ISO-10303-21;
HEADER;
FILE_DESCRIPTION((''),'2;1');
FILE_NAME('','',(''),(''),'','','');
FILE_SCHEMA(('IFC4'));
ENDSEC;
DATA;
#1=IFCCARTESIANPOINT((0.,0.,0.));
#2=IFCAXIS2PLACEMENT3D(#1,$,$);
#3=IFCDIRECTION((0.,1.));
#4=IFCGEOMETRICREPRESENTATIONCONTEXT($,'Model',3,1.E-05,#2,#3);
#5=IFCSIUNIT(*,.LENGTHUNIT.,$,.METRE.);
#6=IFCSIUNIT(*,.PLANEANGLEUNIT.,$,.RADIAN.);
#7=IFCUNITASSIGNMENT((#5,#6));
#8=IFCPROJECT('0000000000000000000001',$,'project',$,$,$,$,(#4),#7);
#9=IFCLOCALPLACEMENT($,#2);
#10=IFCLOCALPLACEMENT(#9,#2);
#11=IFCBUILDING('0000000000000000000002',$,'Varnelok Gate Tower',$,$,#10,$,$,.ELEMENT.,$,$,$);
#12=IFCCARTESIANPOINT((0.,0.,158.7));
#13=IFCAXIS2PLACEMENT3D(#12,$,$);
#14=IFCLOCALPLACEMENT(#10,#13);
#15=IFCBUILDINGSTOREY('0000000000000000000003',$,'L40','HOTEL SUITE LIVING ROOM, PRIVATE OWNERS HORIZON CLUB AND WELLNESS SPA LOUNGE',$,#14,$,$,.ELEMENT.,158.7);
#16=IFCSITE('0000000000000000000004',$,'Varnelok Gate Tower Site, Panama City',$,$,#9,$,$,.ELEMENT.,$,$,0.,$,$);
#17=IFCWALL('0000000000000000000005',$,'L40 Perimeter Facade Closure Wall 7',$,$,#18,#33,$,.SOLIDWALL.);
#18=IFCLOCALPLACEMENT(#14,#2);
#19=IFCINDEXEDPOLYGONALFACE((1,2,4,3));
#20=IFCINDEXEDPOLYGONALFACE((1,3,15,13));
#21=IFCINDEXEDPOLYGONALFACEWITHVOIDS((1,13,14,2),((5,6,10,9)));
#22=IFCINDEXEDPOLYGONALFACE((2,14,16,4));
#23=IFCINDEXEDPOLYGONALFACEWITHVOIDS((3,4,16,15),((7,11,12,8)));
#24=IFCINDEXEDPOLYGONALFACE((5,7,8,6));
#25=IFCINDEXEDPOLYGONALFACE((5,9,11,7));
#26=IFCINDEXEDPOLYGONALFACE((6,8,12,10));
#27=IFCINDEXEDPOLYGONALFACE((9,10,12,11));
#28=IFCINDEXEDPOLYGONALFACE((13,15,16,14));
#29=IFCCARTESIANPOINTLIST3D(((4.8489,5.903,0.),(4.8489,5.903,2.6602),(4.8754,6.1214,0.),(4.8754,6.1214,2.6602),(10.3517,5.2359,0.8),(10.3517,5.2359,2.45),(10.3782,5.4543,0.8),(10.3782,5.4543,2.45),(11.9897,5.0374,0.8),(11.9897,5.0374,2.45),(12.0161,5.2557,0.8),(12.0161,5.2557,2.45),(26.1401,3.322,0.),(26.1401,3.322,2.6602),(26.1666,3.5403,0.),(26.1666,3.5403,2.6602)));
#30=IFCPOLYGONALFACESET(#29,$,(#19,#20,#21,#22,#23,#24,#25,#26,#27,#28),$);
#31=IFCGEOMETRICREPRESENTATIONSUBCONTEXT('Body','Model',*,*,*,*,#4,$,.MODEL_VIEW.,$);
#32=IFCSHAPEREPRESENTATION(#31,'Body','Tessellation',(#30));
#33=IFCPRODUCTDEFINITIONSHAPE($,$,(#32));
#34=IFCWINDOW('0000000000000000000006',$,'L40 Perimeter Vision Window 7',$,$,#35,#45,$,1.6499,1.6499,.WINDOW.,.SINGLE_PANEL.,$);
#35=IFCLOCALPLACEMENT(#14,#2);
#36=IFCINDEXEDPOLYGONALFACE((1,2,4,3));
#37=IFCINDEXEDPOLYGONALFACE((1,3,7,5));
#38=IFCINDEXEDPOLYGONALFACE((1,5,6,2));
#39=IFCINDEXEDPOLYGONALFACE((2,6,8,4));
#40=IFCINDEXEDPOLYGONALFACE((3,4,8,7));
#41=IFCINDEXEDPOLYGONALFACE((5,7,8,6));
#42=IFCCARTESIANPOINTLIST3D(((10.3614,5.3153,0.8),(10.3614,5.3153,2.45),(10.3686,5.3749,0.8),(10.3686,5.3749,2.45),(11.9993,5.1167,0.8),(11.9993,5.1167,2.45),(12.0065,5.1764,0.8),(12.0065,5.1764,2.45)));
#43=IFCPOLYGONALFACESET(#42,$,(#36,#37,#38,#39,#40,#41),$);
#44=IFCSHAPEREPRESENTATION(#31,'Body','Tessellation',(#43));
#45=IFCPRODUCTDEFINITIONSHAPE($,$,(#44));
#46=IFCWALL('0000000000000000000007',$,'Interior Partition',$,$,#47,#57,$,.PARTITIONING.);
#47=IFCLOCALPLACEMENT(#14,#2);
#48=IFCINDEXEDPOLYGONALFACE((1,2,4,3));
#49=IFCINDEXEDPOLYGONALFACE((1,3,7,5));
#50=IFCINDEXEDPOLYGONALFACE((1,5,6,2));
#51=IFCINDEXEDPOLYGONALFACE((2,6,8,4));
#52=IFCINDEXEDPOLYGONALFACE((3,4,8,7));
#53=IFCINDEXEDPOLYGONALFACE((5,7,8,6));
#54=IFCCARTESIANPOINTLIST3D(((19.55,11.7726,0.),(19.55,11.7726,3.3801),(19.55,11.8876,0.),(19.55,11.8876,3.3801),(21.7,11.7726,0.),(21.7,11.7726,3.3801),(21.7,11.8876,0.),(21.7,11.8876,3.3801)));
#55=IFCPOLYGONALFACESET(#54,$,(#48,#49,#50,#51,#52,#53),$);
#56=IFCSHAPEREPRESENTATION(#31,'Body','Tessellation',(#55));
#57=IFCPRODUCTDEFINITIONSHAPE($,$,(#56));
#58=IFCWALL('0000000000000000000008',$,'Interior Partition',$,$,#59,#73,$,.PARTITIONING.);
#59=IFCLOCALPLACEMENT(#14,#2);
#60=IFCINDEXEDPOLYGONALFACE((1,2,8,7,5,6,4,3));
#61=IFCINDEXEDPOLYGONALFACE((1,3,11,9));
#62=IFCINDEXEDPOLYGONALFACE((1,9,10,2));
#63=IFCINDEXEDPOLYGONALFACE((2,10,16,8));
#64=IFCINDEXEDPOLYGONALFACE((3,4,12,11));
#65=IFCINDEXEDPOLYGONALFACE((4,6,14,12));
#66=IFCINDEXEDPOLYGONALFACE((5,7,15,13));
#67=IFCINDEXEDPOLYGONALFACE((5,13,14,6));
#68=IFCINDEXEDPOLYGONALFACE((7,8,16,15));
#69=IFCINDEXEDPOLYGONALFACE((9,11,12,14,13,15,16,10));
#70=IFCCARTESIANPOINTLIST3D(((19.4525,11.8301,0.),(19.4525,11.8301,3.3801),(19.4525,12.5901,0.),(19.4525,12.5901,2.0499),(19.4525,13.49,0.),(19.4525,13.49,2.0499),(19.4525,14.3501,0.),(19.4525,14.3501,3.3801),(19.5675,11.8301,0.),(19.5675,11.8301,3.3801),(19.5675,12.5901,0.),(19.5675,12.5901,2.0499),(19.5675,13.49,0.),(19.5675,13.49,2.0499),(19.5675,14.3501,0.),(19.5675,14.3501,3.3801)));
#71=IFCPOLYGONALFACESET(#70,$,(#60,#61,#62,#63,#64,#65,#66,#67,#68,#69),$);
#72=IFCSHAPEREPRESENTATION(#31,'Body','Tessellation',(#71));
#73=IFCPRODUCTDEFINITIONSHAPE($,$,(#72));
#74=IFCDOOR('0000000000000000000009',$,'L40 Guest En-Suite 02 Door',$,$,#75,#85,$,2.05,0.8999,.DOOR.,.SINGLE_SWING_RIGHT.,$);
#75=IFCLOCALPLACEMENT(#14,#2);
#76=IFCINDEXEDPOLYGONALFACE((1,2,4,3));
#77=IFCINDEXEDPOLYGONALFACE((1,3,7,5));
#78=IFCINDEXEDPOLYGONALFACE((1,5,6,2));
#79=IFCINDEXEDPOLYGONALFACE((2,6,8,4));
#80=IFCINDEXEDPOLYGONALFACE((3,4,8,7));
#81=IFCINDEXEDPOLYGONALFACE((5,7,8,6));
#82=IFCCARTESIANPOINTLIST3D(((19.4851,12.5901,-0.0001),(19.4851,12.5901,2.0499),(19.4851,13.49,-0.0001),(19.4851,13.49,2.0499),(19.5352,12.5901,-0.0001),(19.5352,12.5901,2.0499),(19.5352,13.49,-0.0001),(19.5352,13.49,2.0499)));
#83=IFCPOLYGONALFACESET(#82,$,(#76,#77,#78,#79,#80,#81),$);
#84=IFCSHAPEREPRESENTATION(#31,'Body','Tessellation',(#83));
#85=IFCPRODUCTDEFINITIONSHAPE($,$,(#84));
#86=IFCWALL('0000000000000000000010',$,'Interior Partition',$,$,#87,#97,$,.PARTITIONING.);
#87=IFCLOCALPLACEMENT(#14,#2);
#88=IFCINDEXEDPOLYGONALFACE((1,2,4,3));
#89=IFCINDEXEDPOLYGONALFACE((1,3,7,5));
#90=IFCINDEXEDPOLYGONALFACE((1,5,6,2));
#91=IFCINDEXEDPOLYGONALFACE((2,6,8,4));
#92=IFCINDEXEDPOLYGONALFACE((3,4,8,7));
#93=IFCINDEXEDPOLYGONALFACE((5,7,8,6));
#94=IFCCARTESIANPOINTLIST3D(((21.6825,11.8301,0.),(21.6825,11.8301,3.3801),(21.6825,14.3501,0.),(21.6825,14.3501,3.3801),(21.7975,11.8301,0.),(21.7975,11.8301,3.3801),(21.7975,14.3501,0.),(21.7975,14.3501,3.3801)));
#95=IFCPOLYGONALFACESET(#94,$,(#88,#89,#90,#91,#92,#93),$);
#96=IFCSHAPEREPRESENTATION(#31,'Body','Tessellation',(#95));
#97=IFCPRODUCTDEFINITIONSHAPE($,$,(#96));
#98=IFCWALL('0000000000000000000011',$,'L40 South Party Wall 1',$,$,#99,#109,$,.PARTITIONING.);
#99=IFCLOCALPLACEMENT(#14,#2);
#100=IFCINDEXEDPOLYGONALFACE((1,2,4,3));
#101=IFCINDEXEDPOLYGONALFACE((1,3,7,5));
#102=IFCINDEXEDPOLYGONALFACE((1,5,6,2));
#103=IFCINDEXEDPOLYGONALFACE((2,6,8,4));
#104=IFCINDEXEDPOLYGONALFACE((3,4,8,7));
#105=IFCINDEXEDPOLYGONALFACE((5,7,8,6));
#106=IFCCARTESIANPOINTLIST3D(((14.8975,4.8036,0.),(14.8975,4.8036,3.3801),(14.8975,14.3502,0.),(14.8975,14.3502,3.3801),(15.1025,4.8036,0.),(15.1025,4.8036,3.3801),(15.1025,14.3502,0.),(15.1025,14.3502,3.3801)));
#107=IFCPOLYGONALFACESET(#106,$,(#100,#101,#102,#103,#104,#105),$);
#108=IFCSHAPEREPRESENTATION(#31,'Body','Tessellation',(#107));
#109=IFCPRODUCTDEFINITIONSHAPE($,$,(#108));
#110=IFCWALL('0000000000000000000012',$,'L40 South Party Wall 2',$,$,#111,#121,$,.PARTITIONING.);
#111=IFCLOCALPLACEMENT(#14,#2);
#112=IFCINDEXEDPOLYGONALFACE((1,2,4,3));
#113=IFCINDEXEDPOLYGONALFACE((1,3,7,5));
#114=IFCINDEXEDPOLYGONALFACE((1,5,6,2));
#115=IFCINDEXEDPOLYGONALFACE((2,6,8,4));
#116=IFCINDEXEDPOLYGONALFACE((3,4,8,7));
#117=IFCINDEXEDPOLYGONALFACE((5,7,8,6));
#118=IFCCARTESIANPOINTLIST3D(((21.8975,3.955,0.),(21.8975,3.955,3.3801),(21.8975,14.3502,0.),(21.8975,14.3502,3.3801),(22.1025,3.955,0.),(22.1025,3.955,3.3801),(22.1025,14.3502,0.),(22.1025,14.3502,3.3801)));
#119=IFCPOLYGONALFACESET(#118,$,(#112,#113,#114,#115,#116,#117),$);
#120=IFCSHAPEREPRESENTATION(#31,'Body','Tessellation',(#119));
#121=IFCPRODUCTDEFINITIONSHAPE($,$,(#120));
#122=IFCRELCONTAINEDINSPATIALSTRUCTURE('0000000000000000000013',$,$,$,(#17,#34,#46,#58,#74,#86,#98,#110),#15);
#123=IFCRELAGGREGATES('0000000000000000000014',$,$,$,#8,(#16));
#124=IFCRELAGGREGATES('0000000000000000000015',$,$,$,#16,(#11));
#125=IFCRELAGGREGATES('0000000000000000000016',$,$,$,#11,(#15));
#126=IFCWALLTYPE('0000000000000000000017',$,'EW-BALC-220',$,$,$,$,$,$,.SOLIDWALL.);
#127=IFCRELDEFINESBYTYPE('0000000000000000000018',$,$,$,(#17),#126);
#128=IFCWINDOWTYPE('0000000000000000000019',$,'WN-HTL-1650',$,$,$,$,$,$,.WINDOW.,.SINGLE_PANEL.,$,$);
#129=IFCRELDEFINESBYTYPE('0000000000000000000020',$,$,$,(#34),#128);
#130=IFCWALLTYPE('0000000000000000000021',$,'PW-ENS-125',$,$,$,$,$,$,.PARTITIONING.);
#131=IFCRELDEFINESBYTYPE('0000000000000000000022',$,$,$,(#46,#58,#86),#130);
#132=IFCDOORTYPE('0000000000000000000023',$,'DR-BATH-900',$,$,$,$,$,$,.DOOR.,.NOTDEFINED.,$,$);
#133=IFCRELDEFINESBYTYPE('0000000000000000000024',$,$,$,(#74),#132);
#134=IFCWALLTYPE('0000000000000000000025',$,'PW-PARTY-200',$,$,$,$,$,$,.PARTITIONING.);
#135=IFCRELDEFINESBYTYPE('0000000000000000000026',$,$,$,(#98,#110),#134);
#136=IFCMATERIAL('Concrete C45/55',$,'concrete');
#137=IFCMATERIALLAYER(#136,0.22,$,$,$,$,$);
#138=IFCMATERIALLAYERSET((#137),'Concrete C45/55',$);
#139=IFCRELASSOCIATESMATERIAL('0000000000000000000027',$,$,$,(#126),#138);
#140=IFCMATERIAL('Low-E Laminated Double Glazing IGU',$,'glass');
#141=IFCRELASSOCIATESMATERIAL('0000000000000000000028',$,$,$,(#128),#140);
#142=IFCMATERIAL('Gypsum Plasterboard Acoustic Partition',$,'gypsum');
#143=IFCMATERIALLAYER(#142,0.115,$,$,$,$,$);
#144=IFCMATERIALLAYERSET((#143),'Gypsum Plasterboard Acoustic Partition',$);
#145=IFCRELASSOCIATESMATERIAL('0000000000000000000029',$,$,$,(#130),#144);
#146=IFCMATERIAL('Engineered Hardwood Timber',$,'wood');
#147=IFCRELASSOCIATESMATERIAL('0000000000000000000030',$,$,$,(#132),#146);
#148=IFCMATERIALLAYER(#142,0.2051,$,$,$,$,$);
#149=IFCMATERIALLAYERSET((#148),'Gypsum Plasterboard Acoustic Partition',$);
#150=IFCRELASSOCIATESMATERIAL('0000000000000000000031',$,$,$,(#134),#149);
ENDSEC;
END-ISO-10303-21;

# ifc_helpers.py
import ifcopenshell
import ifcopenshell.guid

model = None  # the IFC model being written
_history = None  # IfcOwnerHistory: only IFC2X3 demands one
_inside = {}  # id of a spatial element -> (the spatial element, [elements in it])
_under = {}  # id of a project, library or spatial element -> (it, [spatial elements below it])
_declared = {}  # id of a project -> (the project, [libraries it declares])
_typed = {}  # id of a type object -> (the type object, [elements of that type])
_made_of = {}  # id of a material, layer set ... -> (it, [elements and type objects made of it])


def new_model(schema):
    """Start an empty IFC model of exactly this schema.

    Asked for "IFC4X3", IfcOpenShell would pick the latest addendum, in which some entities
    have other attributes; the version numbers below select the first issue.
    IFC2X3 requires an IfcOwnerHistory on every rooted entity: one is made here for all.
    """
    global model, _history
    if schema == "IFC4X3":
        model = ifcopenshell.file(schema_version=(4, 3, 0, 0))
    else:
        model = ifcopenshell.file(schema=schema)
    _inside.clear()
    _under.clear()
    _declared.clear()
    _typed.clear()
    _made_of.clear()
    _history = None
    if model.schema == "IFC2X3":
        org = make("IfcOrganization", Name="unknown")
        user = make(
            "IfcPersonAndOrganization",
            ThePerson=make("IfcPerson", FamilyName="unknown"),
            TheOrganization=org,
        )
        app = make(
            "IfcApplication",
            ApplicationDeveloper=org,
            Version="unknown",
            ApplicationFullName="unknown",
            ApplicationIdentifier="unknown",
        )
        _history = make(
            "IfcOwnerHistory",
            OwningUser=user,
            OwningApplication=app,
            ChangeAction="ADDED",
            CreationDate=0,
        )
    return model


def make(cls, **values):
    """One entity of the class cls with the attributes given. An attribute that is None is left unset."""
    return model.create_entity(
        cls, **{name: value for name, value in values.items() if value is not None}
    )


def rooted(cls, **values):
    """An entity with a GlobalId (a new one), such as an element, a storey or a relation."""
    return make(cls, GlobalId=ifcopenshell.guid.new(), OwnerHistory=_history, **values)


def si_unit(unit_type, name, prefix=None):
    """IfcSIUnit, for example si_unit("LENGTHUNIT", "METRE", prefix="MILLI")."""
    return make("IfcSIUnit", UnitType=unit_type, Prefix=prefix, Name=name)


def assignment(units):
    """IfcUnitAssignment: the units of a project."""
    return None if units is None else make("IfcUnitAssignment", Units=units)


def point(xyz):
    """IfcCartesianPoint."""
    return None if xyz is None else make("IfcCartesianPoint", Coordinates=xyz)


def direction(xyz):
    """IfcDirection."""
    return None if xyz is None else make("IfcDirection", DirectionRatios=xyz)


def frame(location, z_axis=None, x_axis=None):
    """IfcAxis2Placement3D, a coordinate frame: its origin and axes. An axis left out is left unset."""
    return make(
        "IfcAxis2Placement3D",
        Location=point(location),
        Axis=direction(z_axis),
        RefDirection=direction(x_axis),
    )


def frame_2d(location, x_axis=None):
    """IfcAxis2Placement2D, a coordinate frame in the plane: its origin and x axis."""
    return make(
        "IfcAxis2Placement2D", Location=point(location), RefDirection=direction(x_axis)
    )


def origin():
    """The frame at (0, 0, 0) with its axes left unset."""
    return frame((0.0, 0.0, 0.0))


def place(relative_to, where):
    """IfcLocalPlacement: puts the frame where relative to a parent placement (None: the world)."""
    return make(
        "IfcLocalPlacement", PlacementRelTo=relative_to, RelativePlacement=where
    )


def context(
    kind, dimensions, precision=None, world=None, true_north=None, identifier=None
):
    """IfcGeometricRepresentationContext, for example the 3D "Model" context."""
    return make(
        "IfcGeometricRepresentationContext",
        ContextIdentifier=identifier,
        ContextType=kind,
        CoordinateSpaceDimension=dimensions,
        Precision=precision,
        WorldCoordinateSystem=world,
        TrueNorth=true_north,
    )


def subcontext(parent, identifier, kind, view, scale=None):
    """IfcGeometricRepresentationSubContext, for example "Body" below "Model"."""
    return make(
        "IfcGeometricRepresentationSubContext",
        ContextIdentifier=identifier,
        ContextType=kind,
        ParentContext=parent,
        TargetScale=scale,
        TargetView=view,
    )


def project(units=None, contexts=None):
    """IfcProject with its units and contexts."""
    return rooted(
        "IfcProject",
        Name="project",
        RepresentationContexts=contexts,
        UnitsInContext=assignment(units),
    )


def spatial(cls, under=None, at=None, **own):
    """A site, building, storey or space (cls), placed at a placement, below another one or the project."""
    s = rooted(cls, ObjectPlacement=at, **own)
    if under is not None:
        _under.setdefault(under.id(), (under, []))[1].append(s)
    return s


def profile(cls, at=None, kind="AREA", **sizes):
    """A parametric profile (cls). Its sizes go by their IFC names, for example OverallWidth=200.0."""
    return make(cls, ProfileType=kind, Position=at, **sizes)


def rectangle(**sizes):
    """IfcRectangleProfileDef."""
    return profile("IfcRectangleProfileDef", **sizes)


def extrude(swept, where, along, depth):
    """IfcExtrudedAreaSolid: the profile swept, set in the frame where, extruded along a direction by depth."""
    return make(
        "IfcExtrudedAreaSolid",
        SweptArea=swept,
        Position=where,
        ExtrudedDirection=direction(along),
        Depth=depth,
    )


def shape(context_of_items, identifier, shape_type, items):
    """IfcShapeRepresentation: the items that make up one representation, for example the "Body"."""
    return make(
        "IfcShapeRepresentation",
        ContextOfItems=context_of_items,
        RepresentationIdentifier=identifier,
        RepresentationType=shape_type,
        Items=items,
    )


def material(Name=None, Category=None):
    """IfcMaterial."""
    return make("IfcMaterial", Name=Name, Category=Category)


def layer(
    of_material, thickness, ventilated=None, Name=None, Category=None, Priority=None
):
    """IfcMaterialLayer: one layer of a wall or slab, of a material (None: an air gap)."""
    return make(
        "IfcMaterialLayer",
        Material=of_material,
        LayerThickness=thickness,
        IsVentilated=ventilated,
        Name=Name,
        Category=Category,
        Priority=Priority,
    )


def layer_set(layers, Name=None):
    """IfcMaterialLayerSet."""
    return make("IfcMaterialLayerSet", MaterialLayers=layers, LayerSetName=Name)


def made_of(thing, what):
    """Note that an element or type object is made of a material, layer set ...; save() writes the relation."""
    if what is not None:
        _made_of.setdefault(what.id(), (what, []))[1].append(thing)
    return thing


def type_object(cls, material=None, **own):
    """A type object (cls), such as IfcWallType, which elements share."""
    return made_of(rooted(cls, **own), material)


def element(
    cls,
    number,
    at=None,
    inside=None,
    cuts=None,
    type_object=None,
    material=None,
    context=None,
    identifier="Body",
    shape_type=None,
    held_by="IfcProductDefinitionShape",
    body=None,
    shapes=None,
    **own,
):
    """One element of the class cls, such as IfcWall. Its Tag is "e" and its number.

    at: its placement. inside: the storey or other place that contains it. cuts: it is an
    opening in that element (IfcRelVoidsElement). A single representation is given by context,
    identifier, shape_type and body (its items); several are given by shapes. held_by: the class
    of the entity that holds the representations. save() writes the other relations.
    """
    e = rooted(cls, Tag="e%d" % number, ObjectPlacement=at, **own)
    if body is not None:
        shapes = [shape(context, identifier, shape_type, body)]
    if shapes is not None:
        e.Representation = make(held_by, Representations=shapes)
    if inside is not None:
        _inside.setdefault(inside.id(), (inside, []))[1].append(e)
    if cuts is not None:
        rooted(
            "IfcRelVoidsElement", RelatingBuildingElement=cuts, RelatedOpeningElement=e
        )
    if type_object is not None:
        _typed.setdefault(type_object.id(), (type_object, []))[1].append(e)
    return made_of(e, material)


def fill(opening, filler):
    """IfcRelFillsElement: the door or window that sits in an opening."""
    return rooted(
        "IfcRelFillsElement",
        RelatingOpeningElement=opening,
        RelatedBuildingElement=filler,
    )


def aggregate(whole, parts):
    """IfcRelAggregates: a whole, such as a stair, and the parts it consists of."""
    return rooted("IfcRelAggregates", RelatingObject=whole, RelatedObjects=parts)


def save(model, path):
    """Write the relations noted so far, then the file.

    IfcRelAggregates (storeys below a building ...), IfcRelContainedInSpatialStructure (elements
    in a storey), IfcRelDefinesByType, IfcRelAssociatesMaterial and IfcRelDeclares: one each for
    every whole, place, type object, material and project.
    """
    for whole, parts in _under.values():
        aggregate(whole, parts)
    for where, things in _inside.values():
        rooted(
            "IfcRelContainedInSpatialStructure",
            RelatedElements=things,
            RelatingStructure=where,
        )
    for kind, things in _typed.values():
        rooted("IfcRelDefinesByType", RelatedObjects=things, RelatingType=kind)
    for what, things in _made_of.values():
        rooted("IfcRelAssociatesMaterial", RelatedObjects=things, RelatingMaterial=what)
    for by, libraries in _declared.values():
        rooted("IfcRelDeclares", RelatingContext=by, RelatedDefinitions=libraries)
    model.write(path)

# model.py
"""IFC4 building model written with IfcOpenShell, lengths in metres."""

from ifc_helpers import new_model, si_unit, direction, frame, frame_2d, origin, place, context, subcontext, project, spatial, rectangle, extrude, material, layer, layer_set, type_object, element, fill, save


model = new_model("IFC4")

# Units and contexts
model_context = context("Model", 3, precision=1e-05, world=origin(), true_north=direction((0.0, 1.0)))
body_context = subcontext(model_context, "Body", "Model", "MODEL_VIEW")
ifc_project = project(units=[si_unit("LENGTHUNIT", "METRE"), si_unit("PLANEANGLEUNIT", "RADIAN")], contexts=[model_context])

# Site, building, storey
site_placement = place(None, origin())
site = spatial("IfcSite", under=ifc_project, at=site_placement, Name="Varnelok Gate Tower Site, Panama City", CompositionType="ELEMENT", RefElevation=0.0)
building_placement = place(site_placement, origin())
building = spatial("IfcBuilding", under=site, at=building_placement, Name="Varnelok Gate Tower", CompositionType="ELEMENT")
storey_placement = place(building_placement, frame((0.0, 0.0, 158.7)))
storey = spatial("IfcBuildingStorey", under=building, at=storey_placement, Name="L40", Description="HOTEL SUITE LIVING ROOM, PRIVATE OWNERS HORIZON CLUB AND WELLNESS SPA LOUNGE", CompositionType="ELEMENT", Elevation=158.7)

# Shared definitions
ifc_material_1 = material(Name="Concrete C45/55", Category="concrete")

# Shared definitions
ifc_layer_1 = layer(ifc_material_1, 0.22)
ifc_layer_set_1 = layer_set([ifc_layer_1], Name="Concrete C45/55")
wall_type_1 = type_object("IfcWallType", Name="EW-BALC-220", PredefinedType="SOLIDWALL", material=ifc_layer_set_1)

# Wall, opening, window
wall_1_placement = place(storey_placement, frame((4.8621, 6.0122, 0.0), z_axis=(0.0, 0.0, 1.0), x_axis=(0.992732, -0.120345, 0.0)))
wall_1 = element("IfcWall", 1, at=wall_1_placement, inside=storey, type_object=wall_type_1, Name="L40 Perimeter Facade Closure Wall 7", PredefinedType="SOLIDWALL", context=body_context, shape_type="SweptSolid", body=[
    extrude(rectangle(XDim=21.447, YDim=0.22, at=frame_2d((10.7236, 0.0))), origin(), (0.0, 0.0, 1.0), 2.6602),
])
opening_1_placement = place(wall_1_placement, frame((5.5432, 0.0, 0.8)))
opening_1 = element("IfcOpeningElement", 2, at=opening_1_placement, cuts=wall_1, PredefinedType="OPENING", context=body_context, shape_type="SweptSolid", body=[
    extrude(rectangle(XDim=1.6499, YDim=1.6499, at=frame_2d((0.825, 0.825))), frame((0.0, 0.1199, 0.0), z_axis=(0.0, -1.0, 0.0), x_axis=(1.0, 0.0, 0.0)), (0.0, 0.0, 1.0), 0.24),
])
ifc_material_2 = material(Name="Low-E Laminated Double Glazing IGU", Category="glass")
window_type = type_object("IfcWindowType", Name="WN-HTL-1650", PartitioningType="SINGLE_PANEL", PredefinedType="WINDOW", material=ifc_material_2)
window_placement = place(opening_1_placement, origin())
window = element("IfcWindow", 3, at=window_placement, inside=storey, type_object=window_type, Name="L40 Perimeter Vision Window 7", OverallHeight=1.6499, OverallWidth=1.6499, PartitioningType="SINGLE_PANEL", PredefinedType="WINDOW", context=body_context, shape_type="SweptSolid", body=[
    extrude(rectangle(XDim=1.6499, YDim=1.6499, at=frame_2d((0.825, 0.825))), frame((0.0, 0.03, 0.0), z_axis=(0.0, -1.0, 0.0), x_axis=(1.0, 0.0, 0.0)), (0.0, 0.0, 1.0), 0.0601),
])
fill(opening_1, window)

# Wall
ifc_material_3 = material(Name="Gypsum Plasterboard Acoustic Partition", Category="gypsum")
ifc_layer_2 = layer(ifc_material_3, 0.115)
ifc_layer_set_2 = layer_set([ifc_layer_2], Name="Gypsum Plasterboard Acoustic Partition")
wall_type_2 = type_object("IfcWallType", Name="PW-ENS-125", PredefinedType="PARTITIONING", material=ifc_layer_set_2)
wall_2_placement = place(storey_placement, frame((19.55, 11.8301, 0.0), z_axis=(0.0, 0.0, 1.0), x_axis=(1.0, 0.0, 0.0)))
element("IfcWall", 4, at=wall_2_placement, inside=storey, type_object=wall_type_2, Name="Interior Partition", PredefinedType="PARTITIONING", context=body_context, shape_type="SweptSolid", body=[
    extrude(rectangle(XDim=2.1499, YDim=0.115, at=frame_2d((1.075, 0.0))), origin(), (0.0, 0.0, 1.0), 3.3801),
])

# Wall, opening, door
wall_3_placement = place(storey_placement, frame((19.51, 11.8301, 0.0), z_axis=(0.0, 0.0, 1.0), x_axis=(0.0, 1.0, 0.0)))
wall_3 = element("IfcWall", 5, at=wall_3_placement, inside=storey, type_object=wall_type_2, Name="Interior Partition", PredefinedType="PARTITIONING", context=body_context, shape_type="SweptSolid", body=[
    extrude(rectangle(XDim=2.52, YDim=0.115, at=frame_2d((1.26, 0.0))), origin(), (0.0, 0.0, 1.0), 3.3801),
])
opening_2_placement = place(wall_3_placement, frame((0.76, 0.0, 0.0)))
opening_2 = element("IfcOpeningElement", 6, at=opening_2_placement, cuts=wall_3, PredefinedType="OPENING", context=body_context, shape_type="SweptSolid", body=[
    extrude(rectangle(XDim=0.8999, YDim=2.05, at=frame_2d((0.45, 1.0249))), frame((0.0, 0.0674, 0.0), z_axis=(0.0, -1.0, 0.0), x_axis=(1.0, 0.0, 0.0)), (0.0, 0.0, 1.0), 0.135),
])
ifc_material_4 = material(Name="Engineered Hardwood Timber", Category="wood")
door_type = type_object("IfcDoorType", Name="DR-BATH-900", OperationType="NOTDEFINED", PredefinedType="DOOR", material=ifc_material_4)
door_placement = place(opening_2_placement, origin())
door = element("IfcDoor", 7, at=door_placement, inside=storey, type_object=door_type, Name="L40 Guest En-Suite 02 Door", OperationType="SINGLE_SWING_RIGHT", OverallHeight=2.05, OverallWidth=0.8999, PredefinedType="DOOR", context=body_context, shape_type="SweptSolid", body=[
    extrude(rectangle(XDim=0.8999, YDim=2.05, at=frame_2d((0.45, 1.0249))), frame((0.0, 0.0249, 0.0), z_axis=(0.0, -1.0, 0.0), x_axis=(1.0, 0.0, 0.0)), (0.0, 0.0, 1.0), 0.05),
])
fill(opening_2, door)

# Walls
wall_4_placement = place(storey_placement, frame((21.74, 11.8301, 0.0), z_axis=(0.0, 0.0, 1.0), x_axis=(0.0, 1.0, 0.0)))
element("IfcWall", 8, at=wall_4_placement, inside=storey, type_object=wall_type_2, Name="Interior Partition", PredefinedType="PARTITIONING", context=body_context, shape_type="SweptSolid", body=[
    extrude(rectangle(XDim=2.52, YDim=0.115, at=frame_2d((1.26, 0.0))), origin(), (0.0, 0.0, 1.0), 3.3801),
])
ifc_layer_3 = layer(ifc_material_3, 0.2051)
ifc_layer_set_3 = layer_set([ifc_layer_3], Name="Gypsum Plasterboard Acoustic Partition")
wall_type_3 = type_object("IfcWallType", Name="PW-PARTY-200", PredefinedType="PARTITIONING", material=ifc_layer_set_3)
wall_5_placement = place(storey_placement, frame((15.0, 4.8035, 0.0), z_axis=(0.0, 0.0, 1.0), x_axis=(0.0, 1.0, 0.0)))
element("IfcWall", 9, at=wall_5_placement, inside=storey, type_object=wall_type_3, Name="L40 South Party Wall 1", PredefinedType="PARTITIONING", context=body_context, shape_type="SweptSolid", body=[
    extrude(rectangle(XDim=9.5466, YDim=0.2051, at=frame_2d((4.7734, 0.0))), origin(), (0.0, 0.0, 1.0), 3.3801),
])
wall_6_placement = place(storey_placement, frame((22.0, 3.9548, 0.0), z_axis=(0.0, 0.0, 1.0), x_axis=(0.0, 1.0, 0.0)))
element("IfcWall", 10, at=wall_6_placement, inside=storey, type_object=wall_type_3, Name="L40 South Party Wall 2", PredefinedType="PARTITIONING", context=body_context, shape_type="SweptSolid", body=[
    extrude(rectangle(XDim=10.3953, YDim=0.2051, at=frame_2d((5.1978, 0.0))), origin(), (0.0, 0.0, 1.0), 3.3801),
])

save(model, "model.ifc")
